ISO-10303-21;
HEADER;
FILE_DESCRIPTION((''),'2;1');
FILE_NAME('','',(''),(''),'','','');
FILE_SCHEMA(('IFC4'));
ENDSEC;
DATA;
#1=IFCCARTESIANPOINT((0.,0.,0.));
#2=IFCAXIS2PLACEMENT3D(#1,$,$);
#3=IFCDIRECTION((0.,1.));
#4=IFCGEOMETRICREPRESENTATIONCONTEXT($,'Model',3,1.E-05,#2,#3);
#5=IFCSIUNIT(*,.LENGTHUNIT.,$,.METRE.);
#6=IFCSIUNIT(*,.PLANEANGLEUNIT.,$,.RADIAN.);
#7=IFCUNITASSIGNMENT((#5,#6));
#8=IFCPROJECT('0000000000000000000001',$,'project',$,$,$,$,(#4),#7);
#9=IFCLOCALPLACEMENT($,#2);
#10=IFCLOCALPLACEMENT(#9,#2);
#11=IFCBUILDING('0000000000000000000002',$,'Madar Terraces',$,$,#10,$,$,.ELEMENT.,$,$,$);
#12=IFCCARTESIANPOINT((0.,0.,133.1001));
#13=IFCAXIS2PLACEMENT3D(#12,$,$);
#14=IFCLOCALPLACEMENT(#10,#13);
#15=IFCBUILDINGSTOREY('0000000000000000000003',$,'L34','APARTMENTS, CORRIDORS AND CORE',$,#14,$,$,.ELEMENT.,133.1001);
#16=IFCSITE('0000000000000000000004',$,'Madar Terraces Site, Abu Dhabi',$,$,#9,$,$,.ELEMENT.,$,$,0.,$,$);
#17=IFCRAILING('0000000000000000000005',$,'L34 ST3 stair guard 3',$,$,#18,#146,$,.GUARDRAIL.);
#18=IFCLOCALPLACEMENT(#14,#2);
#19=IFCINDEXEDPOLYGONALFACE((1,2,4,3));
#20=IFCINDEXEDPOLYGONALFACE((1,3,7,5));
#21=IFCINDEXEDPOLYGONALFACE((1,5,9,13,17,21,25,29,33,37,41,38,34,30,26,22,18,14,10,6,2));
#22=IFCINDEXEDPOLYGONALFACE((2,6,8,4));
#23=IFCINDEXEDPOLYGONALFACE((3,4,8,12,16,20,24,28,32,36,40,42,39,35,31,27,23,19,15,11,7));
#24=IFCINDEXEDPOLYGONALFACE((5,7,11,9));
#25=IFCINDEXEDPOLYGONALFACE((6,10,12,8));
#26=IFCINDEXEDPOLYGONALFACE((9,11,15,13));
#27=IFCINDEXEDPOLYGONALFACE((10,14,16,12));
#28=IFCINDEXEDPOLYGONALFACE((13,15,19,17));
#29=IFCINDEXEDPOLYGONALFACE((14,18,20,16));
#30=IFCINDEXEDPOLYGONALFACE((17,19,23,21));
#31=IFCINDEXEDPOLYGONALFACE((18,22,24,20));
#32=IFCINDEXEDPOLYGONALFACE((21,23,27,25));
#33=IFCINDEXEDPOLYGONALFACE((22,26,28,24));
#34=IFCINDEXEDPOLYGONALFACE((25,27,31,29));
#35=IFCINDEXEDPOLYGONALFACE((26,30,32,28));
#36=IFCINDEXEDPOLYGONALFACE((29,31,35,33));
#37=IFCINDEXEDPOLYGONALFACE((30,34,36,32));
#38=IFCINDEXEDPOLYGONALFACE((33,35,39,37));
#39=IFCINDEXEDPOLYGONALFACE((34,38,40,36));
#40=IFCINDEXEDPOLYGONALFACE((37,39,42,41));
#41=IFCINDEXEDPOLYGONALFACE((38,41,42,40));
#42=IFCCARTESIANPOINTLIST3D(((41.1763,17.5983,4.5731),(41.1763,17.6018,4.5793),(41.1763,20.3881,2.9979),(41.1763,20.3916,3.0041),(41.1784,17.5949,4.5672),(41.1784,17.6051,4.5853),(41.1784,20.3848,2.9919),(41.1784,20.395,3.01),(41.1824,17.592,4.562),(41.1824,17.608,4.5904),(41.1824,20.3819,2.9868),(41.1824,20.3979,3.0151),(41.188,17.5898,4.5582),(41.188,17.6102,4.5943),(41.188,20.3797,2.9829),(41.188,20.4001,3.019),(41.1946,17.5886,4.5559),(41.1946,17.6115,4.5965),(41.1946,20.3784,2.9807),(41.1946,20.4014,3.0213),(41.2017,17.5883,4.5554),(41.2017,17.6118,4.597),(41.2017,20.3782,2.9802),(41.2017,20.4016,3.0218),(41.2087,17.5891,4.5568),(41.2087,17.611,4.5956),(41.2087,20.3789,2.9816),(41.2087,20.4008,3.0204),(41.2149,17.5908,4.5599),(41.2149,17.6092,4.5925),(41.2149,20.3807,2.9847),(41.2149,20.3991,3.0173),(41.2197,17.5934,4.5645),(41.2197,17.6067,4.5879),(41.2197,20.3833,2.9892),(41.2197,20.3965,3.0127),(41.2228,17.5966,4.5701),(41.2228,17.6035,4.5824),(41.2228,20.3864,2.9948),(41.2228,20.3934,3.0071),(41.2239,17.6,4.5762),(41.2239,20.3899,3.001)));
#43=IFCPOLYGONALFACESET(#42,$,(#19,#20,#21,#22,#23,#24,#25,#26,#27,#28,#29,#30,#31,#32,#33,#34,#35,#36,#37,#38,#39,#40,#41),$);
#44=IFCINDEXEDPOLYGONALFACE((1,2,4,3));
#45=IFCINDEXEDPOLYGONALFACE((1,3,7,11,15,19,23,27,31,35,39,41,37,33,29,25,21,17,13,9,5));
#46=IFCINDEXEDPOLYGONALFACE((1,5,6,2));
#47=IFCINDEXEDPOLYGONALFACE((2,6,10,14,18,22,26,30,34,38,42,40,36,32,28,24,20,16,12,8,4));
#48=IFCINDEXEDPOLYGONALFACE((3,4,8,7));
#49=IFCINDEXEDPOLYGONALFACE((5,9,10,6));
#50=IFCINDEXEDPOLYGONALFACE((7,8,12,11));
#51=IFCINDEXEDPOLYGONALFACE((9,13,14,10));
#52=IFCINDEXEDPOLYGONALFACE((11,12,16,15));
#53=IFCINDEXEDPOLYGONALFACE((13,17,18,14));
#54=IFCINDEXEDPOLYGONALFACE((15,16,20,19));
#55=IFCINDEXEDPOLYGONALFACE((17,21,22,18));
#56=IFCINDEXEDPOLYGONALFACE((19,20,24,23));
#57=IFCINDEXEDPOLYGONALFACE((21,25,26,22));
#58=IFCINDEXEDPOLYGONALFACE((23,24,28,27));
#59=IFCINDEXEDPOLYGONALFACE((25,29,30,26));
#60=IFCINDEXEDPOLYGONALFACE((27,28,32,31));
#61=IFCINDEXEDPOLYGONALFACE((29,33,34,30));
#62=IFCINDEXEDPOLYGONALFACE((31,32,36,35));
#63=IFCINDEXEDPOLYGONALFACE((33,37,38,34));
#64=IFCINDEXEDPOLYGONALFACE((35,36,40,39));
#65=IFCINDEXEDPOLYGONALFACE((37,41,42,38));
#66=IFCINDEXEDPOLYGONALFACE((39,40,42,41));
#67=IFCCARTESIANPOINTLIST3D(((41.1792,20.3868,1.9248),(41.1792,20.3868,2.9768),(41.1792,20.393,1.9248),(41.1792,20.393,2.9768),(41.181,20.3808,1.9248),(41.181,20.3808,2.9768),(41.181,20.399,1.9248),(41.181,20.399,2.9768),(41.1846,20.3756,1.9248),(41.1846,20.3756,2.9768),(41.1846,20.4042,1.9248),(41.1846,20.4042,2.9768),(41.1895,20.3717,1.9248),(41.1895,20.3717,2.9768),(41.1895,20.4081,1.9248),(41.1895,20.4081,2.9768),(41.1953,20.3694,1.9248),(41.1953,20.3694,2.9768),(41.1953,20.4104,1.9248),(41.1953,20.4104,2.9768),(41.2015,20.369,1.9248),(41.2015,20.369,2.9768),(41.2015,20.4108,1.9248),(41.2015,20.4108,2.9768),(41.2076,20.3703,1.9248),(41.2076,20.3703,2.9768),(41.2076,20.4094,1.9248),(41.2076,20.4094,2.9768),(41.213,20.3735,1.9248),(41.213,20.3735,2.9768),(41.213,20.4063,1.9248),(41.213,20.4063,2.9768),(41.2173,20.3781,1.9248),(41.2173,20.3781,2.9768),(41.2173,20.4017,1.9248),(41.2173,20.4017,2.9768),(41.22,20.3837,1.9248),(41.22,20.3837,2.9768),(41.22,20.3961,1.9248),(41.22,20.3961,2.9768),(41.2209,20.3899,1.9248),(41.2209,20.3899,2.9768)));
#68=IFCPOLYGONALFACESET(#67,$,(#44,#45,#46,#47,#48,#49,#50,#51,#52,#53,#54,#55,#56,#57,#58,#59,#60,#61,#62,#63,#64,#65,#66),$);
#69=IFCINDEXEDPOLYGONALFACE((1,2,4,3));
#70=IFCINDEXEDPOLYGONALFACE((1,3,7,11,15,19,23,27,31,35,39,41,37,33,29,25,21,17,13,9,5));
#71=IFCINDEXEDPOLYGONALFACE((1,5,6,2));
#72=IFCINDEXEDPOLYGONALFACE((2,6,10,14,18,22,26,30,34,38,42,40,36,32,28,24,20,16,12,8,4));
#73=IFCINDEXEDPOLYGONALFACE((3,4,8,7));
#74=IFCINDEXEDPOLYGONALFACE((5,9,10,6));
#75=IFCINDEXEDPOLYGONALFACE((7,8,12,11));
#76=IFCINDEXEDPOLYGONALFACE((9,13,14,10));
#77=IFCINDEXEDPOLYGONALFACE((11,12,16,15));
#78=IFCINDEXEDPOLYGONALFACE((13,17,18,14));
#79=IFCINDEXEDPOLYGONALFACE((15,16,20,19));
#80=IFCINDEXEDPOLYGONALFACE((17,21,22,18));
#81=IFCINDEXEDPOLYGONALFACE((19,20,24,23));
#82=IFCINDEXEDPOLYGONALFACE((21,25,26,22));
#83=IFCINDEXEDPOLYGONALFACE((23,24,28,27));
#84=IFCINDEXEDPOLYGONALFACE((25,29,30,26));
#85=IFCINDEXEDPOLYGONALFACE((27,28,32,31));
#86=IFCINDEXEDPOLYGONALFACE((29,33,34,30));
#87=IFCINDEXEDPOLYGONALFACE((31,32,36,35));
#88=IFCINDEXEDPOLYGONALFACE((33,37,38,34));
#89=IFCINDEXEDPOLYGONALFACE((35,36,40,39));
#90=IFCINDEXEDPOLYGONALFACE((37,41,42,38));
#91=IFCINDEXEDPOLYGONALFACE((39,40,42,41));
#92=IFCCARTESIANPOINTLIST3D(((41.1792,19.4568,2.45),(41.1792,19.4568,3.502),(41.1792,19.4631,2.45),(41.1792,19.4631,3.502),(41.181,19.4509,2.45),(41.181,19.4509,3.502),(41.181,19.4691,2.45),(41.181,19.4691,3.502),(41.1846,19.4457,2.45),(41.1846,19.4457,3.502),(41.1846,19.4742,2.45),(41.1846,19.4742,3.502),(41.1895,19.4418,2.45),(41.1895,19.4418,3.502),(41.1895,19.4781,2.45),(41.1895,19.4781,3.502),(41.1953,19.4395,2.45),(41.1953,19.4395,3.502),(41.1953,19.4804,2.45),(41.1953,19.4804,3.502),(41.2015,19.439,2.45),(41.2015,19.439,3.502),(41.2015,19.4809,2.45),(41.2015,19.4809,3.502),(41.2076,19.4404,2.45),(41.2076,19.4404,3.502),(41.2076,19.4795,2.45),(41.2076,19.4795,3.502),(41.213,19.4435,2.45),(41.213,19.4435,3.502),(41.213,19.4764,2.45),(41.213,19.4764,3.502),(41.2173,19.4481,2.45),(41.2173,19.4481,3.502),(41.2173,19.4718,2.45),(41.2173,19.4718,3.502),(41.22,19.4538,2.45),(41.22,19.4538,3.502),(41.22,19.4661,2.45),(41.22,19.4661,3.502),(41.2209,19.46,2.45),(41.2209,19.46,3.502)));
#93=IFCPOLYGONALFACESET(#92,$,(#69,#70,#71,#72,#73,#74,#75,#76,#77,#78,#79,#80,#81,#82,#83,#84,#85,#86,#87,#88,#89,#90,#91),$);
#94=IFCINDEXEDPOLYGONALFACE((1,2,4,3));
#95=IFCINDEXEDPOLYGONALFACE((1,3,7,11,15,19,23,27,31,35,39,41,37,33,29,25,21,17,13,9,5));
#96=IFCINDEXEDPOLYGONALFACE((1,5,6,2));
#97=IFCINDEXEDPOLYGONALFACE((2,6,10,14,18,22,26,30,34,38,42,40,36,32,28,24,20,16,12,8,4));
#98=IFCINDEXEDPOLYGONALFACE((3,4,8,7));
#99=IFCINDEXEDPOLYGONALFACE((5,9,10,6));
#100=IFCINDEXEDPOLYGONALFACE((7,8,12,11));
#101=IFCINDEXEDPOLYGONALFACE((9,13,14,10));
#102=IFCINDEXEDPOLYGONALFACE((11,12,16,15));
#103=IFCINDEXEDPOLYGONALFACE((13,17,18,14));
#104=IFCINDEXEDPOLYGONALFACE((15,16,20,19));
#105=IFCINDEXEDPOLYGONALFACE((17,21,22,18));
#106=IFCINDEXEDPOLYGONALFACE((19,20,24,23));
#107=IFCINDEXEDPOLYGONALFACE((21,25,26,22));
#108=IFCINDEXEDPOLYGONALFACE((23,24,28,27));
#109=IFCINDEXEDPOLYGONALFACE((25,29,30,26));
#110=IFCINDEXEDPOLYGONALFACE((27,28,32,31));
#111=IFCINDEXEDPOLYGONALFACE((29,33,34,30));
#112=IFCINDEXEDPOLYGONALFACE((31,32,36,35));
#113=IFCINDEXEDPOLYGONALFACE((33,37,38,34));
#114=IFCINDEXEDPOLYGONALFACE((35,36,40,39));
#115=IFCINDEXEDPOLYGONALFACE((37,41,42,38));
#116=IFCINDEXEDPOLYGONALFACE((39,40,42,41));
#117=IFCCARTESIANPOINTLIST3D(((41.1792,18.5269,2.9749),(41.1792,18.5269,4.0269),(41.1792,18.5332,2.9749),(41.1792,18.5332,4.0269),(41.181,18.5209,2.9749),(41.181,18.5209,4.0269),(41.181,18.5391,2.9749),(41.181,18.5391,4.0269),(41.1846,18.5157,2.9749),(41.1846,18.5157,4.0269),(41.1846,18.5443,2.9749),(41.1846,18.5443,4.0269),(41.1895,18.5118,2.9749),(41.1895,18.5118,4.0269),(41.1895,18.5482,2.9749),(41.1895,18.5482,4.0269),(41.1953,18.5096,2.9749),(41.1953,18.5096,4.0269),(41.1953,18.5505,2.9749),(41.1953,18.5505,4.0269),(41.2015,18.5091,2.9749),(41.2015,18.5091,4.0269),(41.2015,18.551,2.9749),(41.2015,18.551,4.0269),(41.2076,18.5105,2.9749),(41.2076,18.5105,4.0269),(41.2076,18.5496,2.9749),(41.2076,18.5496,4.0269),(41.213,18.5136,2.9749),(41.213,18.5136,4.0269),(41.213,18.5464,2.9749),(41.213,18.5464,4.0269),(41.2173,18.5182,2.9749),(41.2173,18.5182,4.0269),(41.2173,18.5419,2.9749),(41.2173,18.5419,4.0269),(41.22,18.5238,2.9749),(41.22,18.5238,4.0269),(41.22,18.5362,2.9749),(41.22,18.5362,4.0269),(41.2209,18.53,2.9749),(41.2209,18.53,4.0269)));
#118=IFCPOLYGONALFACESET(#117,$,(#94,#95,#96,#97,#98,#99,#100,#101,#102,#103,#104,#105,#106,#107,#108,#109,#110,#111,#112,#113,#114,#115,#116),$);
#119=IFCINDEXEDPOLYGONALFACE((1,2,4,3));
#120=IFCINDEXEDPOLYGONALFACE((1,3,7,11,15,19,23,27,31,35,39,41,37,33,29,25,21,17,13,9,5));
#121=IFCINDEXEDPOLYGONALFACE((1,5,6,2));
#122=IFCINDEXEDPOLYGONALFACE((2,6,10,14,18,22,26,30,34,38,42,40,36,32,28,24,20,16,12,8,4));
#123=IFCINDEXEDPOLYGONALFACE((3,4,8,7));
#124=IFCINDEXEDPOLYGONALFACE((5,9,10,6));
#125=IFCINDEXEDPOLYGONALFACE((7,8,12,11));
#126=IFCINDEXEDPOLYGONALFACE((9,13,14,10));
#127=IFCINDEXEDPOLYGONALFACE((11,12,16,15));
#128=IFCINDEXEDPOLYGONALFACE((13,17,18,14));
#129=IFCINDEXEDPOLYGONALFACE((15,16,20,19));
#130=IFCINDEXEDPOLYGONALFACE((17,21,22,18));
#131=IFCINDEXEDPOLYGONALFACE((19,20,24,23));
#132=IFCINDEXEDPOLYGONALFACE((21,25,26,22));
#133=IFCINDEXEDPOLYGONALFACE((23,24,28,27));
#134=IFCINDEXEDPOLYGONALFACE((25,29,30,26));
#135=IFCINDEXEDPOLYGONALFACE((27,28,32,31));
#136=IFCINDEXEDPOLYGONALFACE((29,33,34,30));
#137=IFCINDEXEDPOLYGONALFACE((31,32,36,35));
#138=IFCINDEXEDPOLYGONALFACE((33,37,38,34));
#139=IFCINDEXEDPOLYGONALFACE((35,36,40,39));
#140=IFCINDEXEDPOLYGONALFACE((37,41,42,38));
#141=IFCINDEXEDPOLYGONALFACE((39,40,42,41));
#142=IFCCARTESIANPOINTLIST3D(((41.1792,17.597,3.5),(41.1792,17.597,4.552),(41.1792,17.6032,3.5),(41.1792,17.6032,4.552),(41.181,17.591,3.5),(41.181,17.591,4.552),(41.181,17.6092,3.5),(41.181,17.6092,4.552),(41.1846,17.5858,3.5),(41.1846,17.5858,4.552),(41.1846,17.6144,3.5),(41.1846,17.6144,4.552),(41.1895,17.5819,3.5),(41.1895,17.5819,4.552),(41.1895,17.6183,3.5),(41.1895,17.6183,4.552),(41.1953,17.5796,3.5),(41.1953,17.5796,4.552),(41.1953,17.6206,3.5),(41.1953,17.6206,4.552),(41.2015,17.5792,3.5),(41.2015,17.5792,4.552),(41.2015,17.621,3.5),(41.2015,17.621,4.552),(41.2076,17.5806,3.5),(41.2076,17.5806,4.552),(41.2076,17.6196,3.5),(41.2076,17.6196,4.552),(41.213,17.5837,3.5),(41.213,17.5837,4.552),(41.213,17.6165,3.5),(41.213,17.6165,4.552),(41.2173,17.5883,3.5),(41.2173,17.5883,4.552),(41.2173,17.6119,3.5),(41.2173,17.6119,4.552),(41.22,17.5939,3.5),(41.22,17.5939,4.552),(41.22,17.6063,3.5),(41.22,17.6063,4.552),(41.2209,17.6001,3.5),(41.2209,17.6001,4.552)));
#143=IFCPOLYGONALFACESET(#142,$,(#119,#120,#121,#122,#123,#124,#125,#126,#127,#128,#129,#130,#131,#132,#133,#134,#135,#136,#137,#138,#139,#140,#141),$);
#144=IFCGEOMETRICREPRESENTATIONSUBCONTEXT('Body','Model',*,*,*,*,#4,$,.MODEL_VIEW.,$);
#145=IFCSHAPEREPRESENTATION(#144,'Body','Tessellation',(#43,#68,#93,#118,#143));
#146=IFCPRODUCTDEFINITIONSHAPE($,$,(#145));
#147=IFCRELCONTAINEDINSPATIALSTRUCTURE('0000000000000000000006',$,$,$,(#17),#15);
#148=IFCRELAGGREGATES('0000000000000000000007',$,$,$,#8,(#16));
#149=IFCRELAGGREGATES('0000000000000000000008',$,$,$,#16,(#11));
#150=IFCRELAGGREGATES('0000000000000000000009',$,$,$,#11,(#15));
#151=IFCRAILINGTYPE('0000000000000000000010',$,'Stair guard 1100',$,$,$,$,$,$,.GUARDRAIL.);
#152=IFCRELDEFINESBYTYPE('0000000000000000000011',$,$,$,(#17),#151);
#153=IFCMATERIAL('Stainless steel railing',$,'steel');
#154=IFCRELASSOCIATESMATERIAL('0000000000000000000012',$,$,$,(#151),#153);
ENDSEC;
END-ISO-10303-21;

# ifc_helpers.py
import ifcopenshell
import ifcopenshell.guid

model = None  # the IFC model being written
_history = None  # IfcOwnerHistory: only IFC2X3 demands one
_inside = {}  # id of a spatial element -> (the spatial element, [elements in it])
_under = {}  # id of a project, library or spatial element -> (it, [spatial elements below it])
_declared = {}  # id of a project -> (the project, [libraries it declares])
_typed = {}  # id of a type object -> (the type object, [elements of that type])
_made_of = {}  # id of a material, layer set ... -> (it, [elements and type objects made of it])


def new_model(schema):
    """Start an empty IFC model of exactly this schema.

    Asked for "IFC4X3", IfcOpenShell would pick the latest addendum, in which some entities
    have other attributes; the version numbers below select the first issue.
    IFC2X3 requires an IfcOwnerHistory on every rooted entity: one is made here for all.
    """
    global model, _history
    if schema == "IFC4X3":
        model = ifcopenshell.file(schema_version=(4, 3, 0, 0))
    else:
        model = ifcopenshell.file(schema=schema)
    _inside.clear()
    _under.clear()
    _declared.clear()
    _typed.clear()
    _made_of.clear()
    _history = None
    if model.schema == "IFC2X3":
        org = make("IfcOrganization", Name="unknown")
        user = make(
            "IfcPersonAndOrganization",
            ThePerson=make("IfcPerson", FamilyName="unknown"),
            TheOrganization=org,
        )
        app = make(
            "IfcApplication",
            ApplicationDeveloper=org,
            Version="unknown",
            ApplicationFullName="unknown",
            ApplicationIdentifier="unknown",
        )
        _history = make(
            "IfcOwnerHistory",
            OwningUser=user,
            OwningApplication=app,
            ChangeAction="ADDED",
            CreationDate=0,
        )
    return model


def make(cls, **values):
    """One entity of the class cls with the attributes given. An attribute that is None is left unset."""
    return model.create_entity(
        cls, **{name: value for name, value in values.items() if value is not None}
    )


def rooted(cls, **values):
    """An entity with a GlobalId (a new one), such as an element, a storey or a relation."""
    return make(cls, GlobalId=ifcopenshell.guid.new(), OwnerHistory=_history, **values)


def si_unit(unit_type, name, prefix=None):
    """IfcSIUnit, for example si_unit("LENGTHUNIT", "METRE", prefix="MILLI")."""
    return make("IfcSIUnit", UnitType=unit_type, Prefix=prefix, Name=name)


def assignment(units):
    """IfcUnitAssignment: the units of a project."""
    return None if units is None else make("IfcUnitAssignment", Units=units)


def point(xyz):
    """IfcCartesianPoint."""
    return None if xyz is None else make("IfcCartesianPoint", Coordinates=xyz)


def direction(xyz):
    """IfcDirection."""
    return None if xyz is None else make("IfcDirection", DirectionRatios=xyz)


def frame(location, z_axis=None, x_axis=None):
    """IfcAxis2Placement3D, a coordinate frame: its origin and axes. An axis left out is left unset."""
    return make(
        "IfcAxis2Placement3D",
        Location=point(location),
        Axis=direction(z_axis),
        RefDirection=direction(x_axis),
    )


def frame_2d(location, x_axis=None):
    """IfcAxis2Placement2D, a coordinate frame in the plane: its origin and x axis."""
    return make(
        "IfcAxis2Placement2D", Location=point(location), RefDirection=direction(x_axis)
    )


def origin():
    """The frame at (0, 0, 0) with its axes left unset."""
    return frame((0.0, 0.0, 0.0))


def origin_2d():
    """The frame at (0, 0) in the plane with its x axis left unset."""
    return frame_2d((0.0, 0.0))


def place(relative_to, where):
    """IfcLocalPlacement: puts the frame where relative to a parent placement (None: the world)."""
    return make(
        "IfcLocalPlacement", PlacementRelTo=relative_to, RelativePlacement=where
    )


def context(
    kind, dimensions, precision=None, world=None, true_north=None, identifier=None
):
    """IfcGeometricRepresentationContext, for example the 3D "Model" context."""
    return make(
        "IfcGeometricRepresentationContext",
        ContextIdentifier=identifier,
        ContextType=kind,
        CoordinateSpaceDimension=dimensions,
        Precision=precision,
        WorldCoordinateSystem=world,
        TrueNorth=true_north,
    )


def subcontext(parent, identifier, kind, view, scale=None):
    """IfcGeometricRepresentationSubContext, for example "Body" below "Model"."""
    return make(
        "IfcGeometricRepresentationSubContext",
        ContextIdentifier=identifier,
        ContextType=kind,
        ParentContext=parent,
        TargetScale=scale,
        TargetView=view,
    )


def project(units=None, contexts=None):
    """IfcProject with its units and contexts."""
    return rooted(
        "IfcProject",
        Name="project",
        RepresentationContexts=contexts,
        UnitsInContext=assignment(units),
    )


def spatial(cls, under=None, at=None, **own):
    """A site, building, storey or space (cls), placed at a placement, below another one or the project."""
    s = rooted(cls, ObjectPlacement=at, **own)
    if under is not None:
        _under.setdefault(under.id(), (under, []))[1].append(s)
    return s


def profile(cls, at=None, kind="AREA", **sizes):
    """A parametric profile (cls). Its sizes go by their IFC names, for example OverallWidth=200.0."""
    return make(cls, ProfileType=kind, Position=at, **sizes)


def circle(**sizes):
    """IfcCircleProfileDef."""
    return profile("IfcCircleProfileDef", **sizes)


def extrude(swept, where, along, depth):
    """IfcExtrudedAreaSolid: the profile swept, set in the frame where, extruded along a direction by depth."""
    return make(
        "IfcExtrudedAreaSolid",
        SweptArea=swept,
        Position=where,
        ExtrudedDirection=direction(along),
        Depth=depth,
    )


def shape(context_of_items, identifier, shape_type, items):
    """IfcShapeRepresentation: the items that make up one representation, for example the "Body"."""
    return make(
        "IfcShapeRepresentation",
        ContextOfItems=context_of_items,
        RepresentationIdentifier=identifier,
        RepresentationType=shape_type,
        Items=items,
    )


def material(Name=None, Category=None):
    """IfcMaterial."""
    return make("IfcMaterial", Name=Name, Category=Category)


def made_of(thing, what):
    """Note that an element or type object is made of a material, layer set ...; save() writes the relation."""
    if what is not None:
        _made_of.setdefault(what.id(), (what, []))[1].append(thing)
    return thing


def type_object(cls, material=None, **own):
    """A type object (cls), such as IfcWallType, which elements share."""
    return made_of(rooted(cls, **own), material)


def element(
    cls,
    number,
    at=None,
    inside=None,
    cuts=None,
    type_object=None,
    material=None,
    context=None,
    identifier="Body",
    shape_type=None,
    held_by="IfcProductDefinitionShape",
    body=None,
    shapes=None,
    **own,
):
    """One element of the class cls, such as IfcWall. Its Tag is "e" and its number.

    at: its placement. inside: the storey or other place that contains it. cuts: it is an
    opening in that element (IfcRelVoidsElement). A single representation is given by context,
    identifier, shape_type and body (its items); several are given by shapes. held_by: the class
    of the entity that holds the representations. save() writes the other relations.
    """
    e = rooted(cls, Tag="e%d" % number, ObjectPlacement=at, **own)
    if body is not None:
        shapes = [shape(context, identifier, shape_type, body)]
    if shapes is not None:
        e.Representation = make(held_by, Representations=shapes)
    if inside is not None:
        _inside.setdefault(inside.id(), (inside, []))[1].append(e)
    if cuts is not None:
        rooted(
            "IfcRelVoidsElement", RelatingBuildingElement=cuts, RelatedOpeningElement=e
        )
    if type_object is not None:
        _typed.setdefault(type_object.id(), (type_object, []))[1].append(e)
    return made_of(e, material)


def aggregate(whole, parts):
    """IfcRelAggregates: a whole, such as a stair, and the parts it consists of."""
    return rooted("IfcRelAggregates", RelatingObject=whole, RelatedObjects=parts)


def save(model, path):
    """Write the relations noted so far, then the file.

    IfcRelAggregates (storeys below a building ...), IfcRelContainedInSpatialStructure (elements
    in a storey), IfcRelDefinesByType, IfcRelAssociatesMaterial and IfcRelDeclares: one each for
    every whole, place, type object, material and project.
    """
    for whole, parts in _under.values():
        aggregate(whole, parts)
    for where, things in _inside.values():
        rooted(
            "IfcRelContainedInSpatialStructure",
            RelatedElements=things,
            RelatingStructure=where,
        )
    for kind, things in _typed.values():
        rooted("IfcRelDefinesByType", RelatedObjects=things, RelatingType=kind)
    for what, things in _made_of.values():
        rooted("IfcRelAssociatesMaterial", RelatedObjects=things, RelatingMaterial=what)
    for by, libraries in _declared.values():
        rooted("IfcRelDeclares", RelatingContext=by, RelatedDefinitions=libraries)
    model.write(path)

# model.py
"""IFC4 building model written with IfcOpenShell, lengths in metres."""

from ifc_helpers import new_model, si_unit, direction, frame, origin, origin_2d, place, context, subcontext, project, spatial, circle, extrude, material, type_object, element, save


model = new_model("IFC4")

# Units and contexts
model_context = context("Model", 3, precision=1e-05, world=origin(), true_north=direction((0.0, 1.0)))
body_context = subcontext(model_context, "Body", "Model", "MODEL_VIEW")
ifc_project = project(units=[si_unit("LENGTHUNIT", "METRE"), si_unit("PLANEANGLEUNIT", "RADIAN")], contexts=[model_context])

# Site, building, storey
site_placement = place(None, origin())
site = spatial("IfcSite", under=ifc_project, at=site_placement, Name="Madar Terraces Site, Abu Dhabi", CompositionType="ELEMENT", RefElevation=0.0)
building_placement = place(site_placement, origin())
building = spatial("IfcBuilding", under=site, at=building_placement, Name="Madar Terraces", CompositionType="ELEMENT")
storey_placement = place(building_placement, frame((0.0, 0.0, 133.1001)))
storey = spatial("IfcBuildingStorey", under=building, at=storey_placement, Name="L34", Description="APARTMENTS, CORRIDORS AND CORE", CompositionType="ELEMENT", Elevation=133.1001)

# Railing
ifc_material_1 = material(Name="Stainless steel railing", Category="steel")
railing_type_1 = type_object("IfcRailingType", Name="Stair guard 1100", PredefinedType="GUARDRAIL", material=ifc_material_1)
railing_1_placement = place(storey_placement, frame((41.2, 20.3899, 1.9248)))
element("IfcRailing", 1, at=railing_1_placement, inside=storey, type_object=railing_type_1, Name="L34 ST3 stair guard 3", PredefinedType="GUARDRAIL", context=body_context, shape_type="SweptSolid", body=[
    extrude(circle(Radius=0.0239, at=origin_2d()), frame((0.0, 0.0, 1.0762), z_axis=(0.0, -0.870783, 0.491668), x_axis=(1.0, 0.0, 0.0)), (0.0, 0.0, 1.0), 3.2039),
    extrude(circle(Radius=0.021, at=origin_2d()), origin(), (0.0, 0.0, 1.0), 1.052),
    extrude(circle(Radius=0.021, at=origin_2d()), frame((0.0, -0.9299, 0.5251)), (0.0, 0.0, 1.0), 1.052),
    extrude(circle(Radius=0.021, at=origin_2d()), frame((0.0, -1.8599, 1.05)), (0.0, 0.0, 1.0), 1.052),
    extrude(circle(Radius=0.021, at=origin_2d()), frame((0.0, -2.7898, 1.5752)), (0.0, 0.0, 1.0), 1.052),
])

save(model, "model.ifc")
